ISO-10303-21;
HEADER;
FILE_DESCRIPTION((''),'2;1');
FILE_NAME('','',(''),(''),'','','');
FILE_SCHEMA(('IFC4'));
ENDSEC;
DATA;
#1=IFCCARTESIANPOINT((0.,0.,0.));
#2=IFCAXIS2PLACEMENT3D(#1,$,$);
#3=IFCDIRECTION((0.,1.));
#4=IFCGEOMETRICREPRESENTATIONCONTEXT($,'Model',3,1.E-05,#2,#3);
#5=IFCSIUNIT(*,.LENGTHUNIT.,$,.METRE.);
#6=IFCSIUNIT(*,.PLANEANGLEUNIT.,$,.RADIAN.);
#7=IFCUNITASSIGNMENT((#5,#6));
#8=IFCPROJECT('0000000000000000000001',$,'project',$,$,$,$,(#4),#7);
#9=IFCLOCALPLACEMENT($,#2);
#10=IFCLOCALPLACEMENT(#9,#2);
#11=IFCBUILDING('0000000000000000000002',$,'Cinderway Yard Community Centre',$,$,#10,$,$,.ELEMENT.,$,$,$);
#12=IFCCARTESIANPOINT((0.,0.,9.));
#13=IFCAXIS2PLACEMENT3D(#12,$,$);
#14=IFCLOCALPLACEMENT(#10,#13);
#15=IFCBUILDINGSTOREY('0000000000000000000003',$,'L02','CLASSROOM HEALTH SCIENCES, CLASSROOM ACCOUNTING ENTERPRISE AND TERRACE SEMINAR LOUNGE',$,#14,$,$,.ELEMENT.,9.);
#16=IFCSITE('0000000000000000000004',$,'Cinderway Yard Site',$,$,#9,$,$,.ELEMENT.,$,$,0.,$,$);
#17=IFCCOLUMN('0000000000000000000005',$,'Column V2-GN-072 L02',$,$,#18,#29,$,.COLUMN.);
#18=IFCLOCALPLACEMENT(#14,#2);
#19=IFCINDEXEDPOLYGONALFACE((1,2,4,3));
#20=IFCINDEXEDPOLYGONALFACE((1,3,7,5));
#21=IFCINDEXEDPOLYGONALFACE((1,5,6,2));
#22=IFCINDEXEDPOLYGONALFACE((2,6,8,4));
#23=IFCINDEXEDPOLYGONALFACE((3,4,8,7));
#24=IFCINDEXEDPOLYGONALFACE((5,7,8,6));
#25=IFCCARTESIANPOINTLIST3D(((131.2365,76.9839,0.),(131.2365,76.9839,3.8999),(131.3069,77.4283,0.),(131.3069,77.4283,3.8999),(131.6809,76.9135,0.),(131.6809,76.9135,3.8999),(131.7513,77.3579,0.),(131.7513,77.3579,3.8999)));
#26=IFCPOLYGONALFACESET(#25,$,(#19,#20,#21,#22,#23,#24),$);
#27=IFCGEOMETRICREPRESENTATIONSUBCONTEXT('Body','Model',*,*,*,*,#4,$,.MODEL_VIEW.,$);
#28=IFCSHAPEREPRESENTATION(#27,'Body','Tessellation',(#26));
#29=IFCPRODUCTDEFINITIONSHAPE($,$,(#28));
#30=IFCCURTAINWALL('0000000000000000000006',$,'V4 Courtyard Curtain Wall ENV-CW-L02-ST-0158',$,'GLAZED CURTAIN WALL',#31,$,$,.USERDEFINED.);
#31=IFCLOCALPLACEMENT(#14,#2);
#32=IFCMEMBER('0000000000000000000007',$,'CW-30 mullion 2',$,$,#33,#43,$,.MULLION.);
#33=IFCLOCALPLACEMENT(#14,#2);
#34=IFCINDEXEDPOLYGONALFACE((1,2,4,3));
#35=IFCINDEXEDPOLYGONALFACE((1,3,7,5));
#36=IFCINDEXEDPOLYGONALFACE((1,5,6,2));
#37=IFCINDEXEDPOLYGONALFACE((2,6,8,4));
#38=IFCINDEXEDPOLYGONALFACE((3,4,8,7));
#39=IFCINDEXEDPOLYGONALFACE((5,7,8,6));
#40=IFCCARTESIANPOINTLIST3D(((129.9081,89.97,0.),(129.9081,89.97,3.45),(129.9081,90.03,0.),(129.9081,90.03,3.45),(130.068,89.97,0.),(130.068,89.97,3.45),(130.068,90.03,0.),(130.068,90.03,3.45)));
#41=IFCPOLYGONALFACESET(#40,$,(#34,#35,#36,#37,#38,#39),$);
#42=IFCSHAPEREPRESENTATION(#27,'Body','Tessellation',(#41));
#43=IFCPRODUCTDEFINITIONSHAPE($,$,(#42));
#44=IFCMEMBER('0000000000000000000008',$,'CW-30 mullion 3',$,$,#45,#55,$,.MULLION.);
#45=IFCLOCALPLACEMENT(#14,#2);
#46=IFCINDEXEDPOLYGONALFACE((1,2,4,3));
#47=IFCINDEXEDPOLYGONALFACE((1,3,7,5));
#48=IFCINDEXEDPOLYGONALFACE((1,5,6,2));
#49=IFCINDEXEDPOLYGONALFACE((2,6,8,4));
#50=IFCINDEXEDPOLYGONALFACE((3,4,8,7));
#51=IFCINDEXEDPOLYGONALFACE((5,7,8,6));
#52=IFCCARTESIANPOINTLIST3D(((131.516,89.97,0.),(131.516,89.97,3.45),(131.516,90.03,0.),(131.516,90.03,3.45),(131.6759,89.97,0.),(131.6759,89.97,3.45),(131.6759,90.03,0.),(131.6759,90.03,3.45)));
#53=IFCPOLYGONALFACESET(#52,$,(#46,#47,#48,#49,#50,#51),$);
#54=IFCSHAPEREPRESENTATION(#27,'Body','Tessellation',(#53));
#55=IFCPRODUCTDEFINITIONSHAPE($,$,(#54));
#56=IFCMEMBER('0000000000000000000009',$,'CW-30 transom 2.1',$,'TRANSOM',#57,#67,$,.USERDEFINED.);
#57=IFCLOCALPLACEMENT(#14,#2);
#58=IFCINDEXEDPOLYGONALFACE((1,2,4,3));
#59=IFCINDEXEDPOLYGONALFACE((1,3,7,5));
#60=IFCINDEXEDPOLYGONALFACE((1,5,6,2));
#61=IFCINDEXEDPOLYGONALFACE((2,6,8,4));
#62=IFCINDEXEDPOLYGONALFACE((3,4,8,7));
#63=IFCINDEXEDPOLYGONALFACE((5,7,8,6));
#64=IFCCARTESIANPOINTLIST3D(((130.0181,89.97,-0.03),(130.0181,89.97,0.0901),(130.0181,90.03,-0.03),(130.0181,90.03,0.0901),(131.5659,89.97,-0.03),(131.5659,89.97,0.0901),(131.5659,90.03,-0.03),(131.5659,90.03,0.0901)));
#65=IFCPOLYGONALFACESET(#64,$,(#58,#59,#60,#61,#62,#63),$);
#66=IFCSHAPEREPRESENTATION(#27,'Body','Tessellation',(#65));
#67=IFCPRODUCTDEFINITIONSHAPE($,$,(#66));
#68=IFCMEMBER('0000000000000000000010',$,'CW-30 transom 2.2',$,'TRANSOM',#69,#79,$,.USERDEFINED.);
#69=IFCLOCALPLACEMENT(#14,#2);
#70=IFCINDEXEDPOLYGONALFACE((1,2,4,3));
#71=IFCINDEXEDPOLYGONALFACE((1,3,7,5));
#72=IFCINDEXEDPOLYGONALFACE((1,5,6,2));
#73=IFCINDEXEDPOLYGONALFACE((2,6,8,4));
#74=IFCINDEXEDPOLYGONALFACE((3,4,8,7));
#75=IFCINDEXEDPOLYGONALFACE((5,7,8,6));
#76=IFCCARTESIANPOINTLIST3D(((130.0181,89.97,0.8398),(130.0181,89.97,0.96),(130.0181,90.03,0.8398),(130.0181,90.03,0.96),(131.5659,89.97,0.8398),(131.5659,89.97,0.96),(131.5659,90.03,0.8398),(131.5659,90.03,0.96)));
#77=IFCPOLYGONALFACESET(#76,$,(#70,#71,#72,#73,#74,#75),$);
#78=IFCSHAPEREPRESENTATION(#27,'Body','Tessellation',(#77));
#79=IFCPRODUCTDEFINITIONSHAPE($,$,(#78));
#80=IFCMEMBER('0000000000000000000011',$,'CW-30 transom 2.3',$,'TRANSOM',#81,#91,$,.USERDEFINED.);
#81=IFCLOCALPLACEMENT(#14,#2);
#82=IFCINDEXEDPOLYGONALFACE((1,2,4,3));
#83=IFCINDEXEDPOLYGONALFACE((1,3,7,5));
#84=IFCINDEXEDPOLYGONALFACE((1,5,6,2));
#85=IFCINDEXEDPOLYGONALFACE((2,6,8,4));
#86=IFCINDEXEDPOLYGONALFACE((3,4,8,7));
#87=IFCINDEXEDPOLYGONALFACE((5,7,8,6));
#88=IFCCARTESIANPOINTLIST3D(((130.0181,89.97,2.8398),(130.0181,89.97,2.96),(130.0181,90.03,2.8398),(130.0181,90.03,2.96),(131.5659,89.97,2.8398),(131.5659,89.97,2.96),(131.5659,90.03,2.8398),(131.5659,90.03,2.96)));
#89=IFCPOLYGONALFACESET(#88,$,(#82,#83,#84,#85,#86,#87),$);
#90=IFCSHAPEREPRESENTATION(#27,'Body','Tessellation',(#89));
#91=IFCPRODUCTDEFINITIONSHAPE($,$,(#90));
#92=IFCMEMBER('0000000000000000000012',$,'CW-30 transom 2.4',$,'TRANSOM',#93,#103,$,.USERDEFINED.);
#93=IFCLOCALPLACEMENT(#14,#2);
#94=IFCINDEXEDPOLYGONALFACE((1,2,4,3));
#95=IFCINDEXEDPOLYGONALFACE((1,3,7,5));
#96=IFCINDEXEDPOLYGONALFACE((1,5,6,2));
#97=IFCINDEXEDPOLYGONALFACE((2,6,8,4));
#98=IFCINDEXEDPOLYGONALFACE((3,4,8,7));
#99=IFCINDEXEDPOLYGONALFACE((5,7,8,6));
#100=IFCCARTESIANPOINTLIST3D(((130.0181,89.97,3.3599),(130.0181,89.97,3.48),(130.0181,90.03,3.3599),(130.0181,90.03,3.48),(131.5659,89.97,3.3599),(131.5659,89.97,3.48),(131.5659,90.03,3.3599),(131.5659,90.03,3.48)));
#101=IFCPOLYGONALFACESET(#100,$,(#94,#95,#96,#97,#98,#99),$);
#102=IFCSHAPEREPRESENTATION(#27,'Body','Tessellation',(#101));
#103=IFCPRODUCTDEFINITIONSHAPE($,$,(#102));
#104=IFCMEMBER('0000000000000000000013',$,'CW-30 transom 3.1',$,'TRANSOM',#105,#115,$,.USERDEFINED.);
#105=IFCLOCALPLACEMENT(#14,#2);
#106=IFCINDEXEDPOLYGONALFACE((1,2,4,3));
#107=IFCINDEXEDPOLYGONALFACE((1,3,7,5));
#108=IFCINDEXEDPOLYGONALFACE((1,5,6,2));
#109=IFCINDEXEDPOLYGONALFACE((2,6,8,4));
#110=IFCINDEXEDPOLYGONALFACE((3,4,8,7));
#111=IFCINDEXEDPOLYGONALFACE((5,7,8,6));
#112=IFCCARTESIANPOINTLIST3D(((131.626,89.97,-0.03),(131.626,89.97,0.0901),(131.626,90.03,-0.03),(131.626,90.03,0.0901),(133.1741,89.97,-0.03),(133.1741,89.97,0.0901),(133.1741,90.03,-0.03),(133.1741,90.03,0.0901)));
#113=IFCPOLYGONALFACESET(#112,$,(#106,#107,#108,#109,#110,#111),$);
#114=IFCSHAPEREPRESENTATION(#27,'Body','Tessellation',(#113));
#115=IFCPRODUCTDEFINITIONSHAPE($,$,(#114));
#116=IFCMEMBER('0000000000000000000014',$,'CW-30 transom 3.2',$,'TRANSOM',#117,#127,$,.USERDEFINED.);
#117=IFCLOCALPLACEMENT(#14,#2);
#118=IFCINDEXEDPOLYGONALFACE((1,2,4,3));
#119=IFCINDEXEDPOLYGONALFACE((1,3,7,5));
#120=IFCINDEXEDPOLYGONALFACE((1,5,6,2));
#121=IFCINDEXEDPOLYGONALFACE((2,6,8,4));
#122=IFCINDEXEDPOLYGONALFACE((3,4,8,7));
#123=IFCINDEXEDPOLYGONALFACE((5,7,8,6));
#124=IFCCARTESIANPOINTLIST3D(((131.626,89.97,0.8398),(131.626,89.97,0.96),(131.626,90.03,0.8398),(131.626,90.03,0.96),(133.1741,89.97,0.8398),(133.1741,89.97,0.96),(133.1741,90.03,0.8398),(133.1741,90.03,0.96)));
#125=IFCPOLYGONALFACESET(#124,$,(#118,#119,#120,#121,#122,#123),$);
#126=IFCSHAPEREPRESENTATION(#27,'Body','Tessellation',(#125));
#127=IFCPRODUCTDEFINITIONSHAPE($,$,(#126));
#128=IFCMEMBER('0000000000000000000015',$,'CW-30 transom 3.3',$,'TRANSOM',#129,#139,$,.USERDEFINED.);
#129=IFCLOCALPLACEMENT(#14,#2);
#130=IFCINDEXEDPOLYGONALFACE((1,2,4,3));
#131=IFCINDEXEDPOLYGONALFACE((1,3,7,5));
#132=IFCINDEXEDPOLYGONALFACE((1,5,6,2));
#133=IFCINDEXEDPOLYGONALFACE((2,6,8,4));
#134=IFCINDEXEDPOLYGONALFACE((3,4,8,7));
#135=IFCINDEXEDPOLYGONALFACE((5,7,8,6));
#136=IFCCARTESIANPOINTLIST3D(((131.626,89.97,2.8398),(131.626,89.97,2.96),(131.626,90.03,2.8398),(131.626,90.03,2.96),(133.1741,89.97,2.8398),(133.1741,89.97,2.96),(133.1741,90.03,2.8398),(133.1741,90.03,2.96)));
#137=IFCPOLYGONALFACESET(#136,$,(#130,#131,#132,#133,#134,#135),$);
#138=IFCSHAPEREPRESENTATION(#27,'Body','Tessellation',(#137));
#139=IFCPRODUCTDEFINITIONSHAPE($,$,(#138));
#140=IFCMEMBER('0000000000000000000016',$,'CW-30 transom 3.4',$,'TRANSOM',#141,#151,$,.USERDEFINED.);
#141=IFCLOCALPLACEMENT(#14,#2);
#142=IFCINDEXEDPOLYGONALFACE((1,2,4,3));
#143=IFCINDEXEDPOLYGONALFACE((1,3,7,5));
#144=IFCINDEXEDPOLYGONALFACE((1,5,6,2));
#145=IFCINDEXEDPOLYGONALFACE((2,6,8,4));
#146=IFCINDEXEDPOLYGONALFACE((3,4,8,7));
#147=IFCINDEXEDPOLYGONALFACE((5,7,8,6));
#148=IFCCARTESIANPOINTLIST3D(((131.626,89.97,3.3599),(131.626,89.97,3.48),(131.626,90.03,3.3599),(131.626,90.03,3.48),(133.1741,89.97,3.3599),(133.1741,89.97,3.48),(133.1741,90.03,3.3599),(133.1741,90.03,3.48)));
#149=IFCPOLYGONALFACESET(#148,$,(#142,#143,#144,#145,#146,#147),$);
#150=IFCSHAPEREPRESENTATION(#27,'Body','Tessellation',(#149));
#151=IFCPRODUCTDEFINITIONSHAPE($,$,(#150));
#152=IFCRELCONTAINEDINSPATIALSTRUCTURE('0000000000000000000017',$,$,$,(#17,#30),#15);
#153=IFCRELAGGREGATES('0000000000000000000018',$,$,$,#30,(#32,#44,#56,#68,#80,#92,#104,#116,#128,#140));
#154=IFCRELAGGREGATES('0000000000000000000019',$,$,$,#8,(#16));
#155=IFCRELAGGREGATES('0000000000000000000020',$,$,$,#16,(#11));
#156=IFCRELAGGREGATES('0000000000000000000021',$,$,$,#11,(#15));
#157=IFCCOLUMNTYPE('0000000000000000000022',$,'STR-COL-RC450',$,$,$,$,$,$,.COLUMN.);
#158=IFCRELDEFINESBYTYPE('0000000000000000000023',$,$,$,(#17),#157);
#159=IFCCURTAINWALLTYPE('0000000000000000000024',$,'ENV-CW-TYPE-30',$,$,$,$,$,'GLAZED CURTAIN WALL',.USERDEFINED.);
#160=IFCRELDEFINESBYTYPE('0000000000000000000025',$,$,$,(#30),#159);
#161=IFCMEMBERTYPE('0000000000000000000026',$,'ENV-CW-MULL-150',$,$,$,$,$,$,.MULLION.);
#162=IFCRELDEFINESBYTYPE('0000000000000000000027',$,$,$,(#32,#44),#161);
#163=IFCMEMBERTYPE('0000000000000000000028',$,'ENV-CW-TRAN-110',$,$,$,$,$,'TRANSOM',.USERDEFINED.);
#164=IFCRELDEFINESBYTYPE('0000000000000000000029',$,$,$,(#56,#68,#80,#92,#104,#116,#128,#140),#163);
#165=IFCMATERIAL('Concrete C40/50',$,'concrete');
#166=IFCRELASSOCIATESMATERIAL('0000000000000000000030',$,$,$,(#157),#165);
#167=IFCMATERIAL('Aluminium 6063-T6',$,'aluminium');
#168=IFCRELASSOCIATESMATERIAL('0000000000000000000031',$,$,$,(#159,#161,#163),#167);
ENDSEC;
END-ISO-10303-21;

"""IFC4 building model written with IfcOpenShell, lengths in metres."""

from ifc_helpers import new_model, si_unit, direction, frame, origin, origin_2d, place, context, subcontext, project, spatial, rectangle, extrude, material, material_profile, profile_set, type_object, element, aggregate, save


model = new_model("IFC4")

# Units and contexts
model_context = context("Model", 3, precision=1e-05, world=origin(), true_north=direction((0.0, 1.0)))
body_context = subcontext(model_context, "Body", "Model", "MODEL_VIEW")
ifc_project = project(units=[si_unit("LENGTHUNIT", "METRE"), si_unit("PLANEANGLEUNIT", "RADIAN")], contexts=[model_context])

# Site, building, storey
site_placement = place(None, origin())
site = spatial("IfcSite", under=ifc_project, at=site_placement, Name="Cinderway Yard Site", CompositionType="ELEMENT", RefElevation=0.0)
building_placement = place(site_placement, origin())
building = spatial("IfcBuilding", under=site, at=building_placement, Name="Cinderway Yard Community Centre", CompositionType="ELEMENT")
storey_placement = place(building_placement, frame((0.0, 0.0, 9.0)))
storey = spatial("IfcBuildingStorey", under=building, at=storey_placement, Name="L02", Description="CLASSROOM HEALTH SCIENCES, CLASSROOM ACCOUNTING ENTERPRISE AND TERRACE SEMINAR LOUNGE", CompositionType="ELEMENT", Elevation=9.0)

# Column
ifc_material_1 = material(Name="Concrete C40/50", Category="concrete")
ifc_material_profile_1 = material_profile(ifc_material_1, rectangle(XDim=0.45, YDim=0.45, at=origin_2d()), Name="Concrete C40/50")
ifc_profile_set_1 = profile_set([ifc_material_profile_1], Name="Concrete C40/50")
column_type = type_object("IfcColumnType", Name="STR-COL-RC450", PredefinedType="COLUMN", material=ifc_profile_set_1)
column_placement = place(storey_placement, frame((131.4939, 77.1709, 0.0), z_axis=(0.0, 0.0, 1.0), x_axis=(0.987688, -0.156434, 0.0)))
element("IfcColumn", 1, at=column_placement, inside=storey, type_object=column_type, Name="Column V2-GN-072 L02", PredefinedType="COLUMN", context=body_context, shape_type="SweptSolid", body=[
    extrude(rectangle(XDim=0.45, YDim=0.45, at=origin_2d()), origin(), (0.0, 0.0, 1.0), 3.8999),
])

# Curtain wall, members
ifc_material_2 = material(Name="Aluminium 6063-T6", Category="aluminium")
curtain_wall_type = type_object("IfcCurtainWallType", Name="ENV-CW-TYPE-30", ElementType="GLAZED CURTAIN WALL", PredefinedType="USERDEFINED", material=ifc_material_2)
curtain_wall_placement = place(storey_placement, origin())
curtain_wall = element("IfcCurtainWall", 2, at=curtain_wall_placement, inside=storey, type_object=curtain_wall_type, Name="V4 Courtyard Curtain Wall ENV-CW-L02-ST-0158", ObjectType="GLAZED CURTAIN WALL", PredefinedType="USERDEFINED")
ifc_material_profile_2 = material_profile(ifc_material_2, rectangle(XDim=0.0601, YDim=0.1599, at=origin_2d()), Name="Aluminium 6063-T6")
ifc_profile_set_2 = profile_set([ifc_material_profile_2], Name="Aluminium 6063-T6")
member_type_1 = type_object("IfcMemberType", Name="ENV-CW-MULL-150", PredefinedType="MULLION", material=ifc_profile_set_2)
member_1_placement = place(storey_placement, frame((129.988, 90.0, 0.0), z_axis=(0.0, 0.0, 1.0), x_axis=(0.0, 1.0, 0.0)))
member_1 = element("IfcMember", 3, at=member_1_placement, type_object=member_type_1, Name="CW-30 mullion 2", PredefinedType="MULLION", context=body_context, shape_type="SweptSolid", body=[
    extrude(rectangle(XDim=0.0601, YDim=0.1599, at=origin_2d()), origin(), (0.0, 0.0, 1.0), 3.45),
])
member_2_placement = place(storey_placement, frame((131.5959, 90.0, 0.0), z_axis=(0.0, 0.0, 1.0), x_axis=(0.0, 1.0, 0.0)))
member_2 = element("IfcMember", 4, at=member_2_placement, type_object=member_type_1, Name="CW-30 mullion 3", PredefinedType="MULLION", context=body_context, shape_type="SweptSolid", body=[
    extrude(rectangle(XDim=0.0601, YDim=0.1599, at=origin_2d()), origin(), (0.0, 0.0, 1.0), 3.45),
])
ifc_material_profile_3 = material_profile(ifc_material_2, rectangle(XDim=0.0601, YDim=0.1201, at=origin_2d()), Name="Aluminium 6063-T6")
ifc_profile_set_3 = profile_set([ifc_material_profile_3], Name="Aluminium 6063-T6")
member_type_2 = type_object("IfcMemberType", Name="ENV-CW-TRAN-110", ElementType="TRANSOM", PredefinedType="USERDEFINED", material=ifc_profile_set_3)
member_3_placement = place(storey_placement, frame((130.0181, 90.0, 0.03), z_axis=(1.0, 0.0, 0.0), x_axis=(0.0, 1.0, 0.0)))
member_3 = element("IfcMember", 5, at=member_3_placement, type_object=member_type_2, Name="CW-30 transom 2.1", ObjectType="TRANSOM", PredefinedType="USERDEFINED", context=body_context, shape_type="SweptSolid", body=[
    extrude(rectangle(XDim=0.0601, YDim=0.1201, at=origin_2d()), origin(), (0.0, 0.0, 1.0), 1.5479),
])
member_4_placement = place(storey_placement, frame((130.0181, 90.0, 0.8999), z_axis=(1.0, 0.0, 0.0), x_axis=(0.0, 1.0, 0.0)))
member_4 = element("IfcMember", 6, at=member_4_placement, type_object=member_type_2, Name="CW-30 transom 2.2", ObjectType="TRANSOM", PredefinedType="USERDEFINED", context=body_context, shape_type="SweptSolid", body=[
    extrude(rectangle(XDim=0.0601, YDim=0.1201, at=origin_2d()), origin(), (0.0, 0.0, 1.0), 1.5479),
])
member_5_placement = place(storey_placement, frame((130.0181, 90.0, 2.8999), z_axis=(1.0, 0.0, 0.0), x_axis=(0.0, 1.0, 0.0)))
member_5 = element("IfcMember", 7, at=member_5_placement, type_object=member_type_2, Name="CW-30 transom 2.3", ObjectType="TRANSOM", PredefinedType="USERDEFINED", context=body_context, shape_type="SweptSolid", body=[
    extrude(rectangle(XDim=0.0601, YDim=0.1201, at=origin_2d()), origin(), (0.0, 0.0, 1.0), 1.5479),
])
member_6_placement = place(storey_placement, frame((130.0181, 90.0, 3.4199), z_axis=(1.0, 0.0, 0.0), x_axis=(0.0, 1.0, 0.0)))
member_6 = element("IfcMember", 8, at=member_6_placement, type_object=member_type_2, Name="CW-30 transom 2.4", ObjectType="TRANSOM", PredefinedType="USERDEFINED", context=body_context, shape_type="SweptSolid", body=[
    extrude(rectangle(XDim=0.0601, YDim=0.1201, at=origin_2d()), origin(), (0.0, 0.0, 1.0), 1.5479),
])
member_7_placement = place(storey_placement, frame((131.626, 90.0, 0.03), z_axis=(1.0, 0.0, 0.0), x_axis=(0.0, 1.0, 0.0)))
member_7 = element("IfcMember", 9, at=member_7_placement, type_object=member_type_2, Name="CW-30 transom 3.1", ObjectType="TRANSOM", PredefinedType="USERDEFINED", context=body_context, shape_type="SweptSolid", body=[
    extrude(rectangle(XDim=0.0601, YDim=0.1201, at=origin_2d()), origin(), (0.0, 0.0, 1.0), 1.5481),
])
member_8_placement = place(storey_placement, frame((131.626, 90.0, 0.8999), z_axis=(1.0, 0.0, 0.0), x_axis=(0.0, 1.0, 0.0)))
member_8 = element("IfcMember", 10, at=member_8_placement, type_object=member_type_2, Name="CW-30 transom 3.2", ObjectType="TRANSOM", PredefinedType="USERDEFINED", context=body_context, shape_type="SweptSolid", body=[
    extrude(rectangle(XDim=0.0601, YDim=0.1201, at=origin_2d()), origin(), (0.0, 0.0, 1.0), 1.5481),
])
member_9_placement = place(storey_placement, frame((131.626, 90.0, 2.8999), z_axis=(1.0, 0.0, 0.0), x_axis=(0.0, 1.0, 0.0)))
member_9 = element("IfcMember", 11, at=member_9_placement, type_object=member_type_2, Name="CW-30 transom 3.3", ObjectType="TRANSOM", PredefinedType="USERDEFINED", context=body_context, shape_type="SweptSolid", body=[
    extrude(rectangle(XDim=0.0601, YDim=0.1201, at=origin_2d()), origin(), (0.0, 0.0, 1.0), 1.5481),
])
member_10_placement = place(storey_placement, frame((131.626, 90.0, 3.4199), z_axis=(1.0, 0.0, 0.0), x_axis=(0.0, 1.0, 0.0)))
member_10 = element("IfcMember", 12, at=member_10_placement, type_object=member_type_2, Name="CW-30 transom 3.4", ObjectType="TRANSOM", PredefinedType="USERDEFINED", context=body_context, shape_type="SweptSolid", body=[
    extrude(rectangle(XDim=0.0601, YDim=0.1201, at=origin_2d()), origin(), (0.0, 0.0, 1.0), 1.5481),
])

aggregate(curtain_wall, [member_1, member_2, member_3, member_4, member_5, member_6, member_7, member_8, member_9, member_10])

save(model, "model.ifc")
